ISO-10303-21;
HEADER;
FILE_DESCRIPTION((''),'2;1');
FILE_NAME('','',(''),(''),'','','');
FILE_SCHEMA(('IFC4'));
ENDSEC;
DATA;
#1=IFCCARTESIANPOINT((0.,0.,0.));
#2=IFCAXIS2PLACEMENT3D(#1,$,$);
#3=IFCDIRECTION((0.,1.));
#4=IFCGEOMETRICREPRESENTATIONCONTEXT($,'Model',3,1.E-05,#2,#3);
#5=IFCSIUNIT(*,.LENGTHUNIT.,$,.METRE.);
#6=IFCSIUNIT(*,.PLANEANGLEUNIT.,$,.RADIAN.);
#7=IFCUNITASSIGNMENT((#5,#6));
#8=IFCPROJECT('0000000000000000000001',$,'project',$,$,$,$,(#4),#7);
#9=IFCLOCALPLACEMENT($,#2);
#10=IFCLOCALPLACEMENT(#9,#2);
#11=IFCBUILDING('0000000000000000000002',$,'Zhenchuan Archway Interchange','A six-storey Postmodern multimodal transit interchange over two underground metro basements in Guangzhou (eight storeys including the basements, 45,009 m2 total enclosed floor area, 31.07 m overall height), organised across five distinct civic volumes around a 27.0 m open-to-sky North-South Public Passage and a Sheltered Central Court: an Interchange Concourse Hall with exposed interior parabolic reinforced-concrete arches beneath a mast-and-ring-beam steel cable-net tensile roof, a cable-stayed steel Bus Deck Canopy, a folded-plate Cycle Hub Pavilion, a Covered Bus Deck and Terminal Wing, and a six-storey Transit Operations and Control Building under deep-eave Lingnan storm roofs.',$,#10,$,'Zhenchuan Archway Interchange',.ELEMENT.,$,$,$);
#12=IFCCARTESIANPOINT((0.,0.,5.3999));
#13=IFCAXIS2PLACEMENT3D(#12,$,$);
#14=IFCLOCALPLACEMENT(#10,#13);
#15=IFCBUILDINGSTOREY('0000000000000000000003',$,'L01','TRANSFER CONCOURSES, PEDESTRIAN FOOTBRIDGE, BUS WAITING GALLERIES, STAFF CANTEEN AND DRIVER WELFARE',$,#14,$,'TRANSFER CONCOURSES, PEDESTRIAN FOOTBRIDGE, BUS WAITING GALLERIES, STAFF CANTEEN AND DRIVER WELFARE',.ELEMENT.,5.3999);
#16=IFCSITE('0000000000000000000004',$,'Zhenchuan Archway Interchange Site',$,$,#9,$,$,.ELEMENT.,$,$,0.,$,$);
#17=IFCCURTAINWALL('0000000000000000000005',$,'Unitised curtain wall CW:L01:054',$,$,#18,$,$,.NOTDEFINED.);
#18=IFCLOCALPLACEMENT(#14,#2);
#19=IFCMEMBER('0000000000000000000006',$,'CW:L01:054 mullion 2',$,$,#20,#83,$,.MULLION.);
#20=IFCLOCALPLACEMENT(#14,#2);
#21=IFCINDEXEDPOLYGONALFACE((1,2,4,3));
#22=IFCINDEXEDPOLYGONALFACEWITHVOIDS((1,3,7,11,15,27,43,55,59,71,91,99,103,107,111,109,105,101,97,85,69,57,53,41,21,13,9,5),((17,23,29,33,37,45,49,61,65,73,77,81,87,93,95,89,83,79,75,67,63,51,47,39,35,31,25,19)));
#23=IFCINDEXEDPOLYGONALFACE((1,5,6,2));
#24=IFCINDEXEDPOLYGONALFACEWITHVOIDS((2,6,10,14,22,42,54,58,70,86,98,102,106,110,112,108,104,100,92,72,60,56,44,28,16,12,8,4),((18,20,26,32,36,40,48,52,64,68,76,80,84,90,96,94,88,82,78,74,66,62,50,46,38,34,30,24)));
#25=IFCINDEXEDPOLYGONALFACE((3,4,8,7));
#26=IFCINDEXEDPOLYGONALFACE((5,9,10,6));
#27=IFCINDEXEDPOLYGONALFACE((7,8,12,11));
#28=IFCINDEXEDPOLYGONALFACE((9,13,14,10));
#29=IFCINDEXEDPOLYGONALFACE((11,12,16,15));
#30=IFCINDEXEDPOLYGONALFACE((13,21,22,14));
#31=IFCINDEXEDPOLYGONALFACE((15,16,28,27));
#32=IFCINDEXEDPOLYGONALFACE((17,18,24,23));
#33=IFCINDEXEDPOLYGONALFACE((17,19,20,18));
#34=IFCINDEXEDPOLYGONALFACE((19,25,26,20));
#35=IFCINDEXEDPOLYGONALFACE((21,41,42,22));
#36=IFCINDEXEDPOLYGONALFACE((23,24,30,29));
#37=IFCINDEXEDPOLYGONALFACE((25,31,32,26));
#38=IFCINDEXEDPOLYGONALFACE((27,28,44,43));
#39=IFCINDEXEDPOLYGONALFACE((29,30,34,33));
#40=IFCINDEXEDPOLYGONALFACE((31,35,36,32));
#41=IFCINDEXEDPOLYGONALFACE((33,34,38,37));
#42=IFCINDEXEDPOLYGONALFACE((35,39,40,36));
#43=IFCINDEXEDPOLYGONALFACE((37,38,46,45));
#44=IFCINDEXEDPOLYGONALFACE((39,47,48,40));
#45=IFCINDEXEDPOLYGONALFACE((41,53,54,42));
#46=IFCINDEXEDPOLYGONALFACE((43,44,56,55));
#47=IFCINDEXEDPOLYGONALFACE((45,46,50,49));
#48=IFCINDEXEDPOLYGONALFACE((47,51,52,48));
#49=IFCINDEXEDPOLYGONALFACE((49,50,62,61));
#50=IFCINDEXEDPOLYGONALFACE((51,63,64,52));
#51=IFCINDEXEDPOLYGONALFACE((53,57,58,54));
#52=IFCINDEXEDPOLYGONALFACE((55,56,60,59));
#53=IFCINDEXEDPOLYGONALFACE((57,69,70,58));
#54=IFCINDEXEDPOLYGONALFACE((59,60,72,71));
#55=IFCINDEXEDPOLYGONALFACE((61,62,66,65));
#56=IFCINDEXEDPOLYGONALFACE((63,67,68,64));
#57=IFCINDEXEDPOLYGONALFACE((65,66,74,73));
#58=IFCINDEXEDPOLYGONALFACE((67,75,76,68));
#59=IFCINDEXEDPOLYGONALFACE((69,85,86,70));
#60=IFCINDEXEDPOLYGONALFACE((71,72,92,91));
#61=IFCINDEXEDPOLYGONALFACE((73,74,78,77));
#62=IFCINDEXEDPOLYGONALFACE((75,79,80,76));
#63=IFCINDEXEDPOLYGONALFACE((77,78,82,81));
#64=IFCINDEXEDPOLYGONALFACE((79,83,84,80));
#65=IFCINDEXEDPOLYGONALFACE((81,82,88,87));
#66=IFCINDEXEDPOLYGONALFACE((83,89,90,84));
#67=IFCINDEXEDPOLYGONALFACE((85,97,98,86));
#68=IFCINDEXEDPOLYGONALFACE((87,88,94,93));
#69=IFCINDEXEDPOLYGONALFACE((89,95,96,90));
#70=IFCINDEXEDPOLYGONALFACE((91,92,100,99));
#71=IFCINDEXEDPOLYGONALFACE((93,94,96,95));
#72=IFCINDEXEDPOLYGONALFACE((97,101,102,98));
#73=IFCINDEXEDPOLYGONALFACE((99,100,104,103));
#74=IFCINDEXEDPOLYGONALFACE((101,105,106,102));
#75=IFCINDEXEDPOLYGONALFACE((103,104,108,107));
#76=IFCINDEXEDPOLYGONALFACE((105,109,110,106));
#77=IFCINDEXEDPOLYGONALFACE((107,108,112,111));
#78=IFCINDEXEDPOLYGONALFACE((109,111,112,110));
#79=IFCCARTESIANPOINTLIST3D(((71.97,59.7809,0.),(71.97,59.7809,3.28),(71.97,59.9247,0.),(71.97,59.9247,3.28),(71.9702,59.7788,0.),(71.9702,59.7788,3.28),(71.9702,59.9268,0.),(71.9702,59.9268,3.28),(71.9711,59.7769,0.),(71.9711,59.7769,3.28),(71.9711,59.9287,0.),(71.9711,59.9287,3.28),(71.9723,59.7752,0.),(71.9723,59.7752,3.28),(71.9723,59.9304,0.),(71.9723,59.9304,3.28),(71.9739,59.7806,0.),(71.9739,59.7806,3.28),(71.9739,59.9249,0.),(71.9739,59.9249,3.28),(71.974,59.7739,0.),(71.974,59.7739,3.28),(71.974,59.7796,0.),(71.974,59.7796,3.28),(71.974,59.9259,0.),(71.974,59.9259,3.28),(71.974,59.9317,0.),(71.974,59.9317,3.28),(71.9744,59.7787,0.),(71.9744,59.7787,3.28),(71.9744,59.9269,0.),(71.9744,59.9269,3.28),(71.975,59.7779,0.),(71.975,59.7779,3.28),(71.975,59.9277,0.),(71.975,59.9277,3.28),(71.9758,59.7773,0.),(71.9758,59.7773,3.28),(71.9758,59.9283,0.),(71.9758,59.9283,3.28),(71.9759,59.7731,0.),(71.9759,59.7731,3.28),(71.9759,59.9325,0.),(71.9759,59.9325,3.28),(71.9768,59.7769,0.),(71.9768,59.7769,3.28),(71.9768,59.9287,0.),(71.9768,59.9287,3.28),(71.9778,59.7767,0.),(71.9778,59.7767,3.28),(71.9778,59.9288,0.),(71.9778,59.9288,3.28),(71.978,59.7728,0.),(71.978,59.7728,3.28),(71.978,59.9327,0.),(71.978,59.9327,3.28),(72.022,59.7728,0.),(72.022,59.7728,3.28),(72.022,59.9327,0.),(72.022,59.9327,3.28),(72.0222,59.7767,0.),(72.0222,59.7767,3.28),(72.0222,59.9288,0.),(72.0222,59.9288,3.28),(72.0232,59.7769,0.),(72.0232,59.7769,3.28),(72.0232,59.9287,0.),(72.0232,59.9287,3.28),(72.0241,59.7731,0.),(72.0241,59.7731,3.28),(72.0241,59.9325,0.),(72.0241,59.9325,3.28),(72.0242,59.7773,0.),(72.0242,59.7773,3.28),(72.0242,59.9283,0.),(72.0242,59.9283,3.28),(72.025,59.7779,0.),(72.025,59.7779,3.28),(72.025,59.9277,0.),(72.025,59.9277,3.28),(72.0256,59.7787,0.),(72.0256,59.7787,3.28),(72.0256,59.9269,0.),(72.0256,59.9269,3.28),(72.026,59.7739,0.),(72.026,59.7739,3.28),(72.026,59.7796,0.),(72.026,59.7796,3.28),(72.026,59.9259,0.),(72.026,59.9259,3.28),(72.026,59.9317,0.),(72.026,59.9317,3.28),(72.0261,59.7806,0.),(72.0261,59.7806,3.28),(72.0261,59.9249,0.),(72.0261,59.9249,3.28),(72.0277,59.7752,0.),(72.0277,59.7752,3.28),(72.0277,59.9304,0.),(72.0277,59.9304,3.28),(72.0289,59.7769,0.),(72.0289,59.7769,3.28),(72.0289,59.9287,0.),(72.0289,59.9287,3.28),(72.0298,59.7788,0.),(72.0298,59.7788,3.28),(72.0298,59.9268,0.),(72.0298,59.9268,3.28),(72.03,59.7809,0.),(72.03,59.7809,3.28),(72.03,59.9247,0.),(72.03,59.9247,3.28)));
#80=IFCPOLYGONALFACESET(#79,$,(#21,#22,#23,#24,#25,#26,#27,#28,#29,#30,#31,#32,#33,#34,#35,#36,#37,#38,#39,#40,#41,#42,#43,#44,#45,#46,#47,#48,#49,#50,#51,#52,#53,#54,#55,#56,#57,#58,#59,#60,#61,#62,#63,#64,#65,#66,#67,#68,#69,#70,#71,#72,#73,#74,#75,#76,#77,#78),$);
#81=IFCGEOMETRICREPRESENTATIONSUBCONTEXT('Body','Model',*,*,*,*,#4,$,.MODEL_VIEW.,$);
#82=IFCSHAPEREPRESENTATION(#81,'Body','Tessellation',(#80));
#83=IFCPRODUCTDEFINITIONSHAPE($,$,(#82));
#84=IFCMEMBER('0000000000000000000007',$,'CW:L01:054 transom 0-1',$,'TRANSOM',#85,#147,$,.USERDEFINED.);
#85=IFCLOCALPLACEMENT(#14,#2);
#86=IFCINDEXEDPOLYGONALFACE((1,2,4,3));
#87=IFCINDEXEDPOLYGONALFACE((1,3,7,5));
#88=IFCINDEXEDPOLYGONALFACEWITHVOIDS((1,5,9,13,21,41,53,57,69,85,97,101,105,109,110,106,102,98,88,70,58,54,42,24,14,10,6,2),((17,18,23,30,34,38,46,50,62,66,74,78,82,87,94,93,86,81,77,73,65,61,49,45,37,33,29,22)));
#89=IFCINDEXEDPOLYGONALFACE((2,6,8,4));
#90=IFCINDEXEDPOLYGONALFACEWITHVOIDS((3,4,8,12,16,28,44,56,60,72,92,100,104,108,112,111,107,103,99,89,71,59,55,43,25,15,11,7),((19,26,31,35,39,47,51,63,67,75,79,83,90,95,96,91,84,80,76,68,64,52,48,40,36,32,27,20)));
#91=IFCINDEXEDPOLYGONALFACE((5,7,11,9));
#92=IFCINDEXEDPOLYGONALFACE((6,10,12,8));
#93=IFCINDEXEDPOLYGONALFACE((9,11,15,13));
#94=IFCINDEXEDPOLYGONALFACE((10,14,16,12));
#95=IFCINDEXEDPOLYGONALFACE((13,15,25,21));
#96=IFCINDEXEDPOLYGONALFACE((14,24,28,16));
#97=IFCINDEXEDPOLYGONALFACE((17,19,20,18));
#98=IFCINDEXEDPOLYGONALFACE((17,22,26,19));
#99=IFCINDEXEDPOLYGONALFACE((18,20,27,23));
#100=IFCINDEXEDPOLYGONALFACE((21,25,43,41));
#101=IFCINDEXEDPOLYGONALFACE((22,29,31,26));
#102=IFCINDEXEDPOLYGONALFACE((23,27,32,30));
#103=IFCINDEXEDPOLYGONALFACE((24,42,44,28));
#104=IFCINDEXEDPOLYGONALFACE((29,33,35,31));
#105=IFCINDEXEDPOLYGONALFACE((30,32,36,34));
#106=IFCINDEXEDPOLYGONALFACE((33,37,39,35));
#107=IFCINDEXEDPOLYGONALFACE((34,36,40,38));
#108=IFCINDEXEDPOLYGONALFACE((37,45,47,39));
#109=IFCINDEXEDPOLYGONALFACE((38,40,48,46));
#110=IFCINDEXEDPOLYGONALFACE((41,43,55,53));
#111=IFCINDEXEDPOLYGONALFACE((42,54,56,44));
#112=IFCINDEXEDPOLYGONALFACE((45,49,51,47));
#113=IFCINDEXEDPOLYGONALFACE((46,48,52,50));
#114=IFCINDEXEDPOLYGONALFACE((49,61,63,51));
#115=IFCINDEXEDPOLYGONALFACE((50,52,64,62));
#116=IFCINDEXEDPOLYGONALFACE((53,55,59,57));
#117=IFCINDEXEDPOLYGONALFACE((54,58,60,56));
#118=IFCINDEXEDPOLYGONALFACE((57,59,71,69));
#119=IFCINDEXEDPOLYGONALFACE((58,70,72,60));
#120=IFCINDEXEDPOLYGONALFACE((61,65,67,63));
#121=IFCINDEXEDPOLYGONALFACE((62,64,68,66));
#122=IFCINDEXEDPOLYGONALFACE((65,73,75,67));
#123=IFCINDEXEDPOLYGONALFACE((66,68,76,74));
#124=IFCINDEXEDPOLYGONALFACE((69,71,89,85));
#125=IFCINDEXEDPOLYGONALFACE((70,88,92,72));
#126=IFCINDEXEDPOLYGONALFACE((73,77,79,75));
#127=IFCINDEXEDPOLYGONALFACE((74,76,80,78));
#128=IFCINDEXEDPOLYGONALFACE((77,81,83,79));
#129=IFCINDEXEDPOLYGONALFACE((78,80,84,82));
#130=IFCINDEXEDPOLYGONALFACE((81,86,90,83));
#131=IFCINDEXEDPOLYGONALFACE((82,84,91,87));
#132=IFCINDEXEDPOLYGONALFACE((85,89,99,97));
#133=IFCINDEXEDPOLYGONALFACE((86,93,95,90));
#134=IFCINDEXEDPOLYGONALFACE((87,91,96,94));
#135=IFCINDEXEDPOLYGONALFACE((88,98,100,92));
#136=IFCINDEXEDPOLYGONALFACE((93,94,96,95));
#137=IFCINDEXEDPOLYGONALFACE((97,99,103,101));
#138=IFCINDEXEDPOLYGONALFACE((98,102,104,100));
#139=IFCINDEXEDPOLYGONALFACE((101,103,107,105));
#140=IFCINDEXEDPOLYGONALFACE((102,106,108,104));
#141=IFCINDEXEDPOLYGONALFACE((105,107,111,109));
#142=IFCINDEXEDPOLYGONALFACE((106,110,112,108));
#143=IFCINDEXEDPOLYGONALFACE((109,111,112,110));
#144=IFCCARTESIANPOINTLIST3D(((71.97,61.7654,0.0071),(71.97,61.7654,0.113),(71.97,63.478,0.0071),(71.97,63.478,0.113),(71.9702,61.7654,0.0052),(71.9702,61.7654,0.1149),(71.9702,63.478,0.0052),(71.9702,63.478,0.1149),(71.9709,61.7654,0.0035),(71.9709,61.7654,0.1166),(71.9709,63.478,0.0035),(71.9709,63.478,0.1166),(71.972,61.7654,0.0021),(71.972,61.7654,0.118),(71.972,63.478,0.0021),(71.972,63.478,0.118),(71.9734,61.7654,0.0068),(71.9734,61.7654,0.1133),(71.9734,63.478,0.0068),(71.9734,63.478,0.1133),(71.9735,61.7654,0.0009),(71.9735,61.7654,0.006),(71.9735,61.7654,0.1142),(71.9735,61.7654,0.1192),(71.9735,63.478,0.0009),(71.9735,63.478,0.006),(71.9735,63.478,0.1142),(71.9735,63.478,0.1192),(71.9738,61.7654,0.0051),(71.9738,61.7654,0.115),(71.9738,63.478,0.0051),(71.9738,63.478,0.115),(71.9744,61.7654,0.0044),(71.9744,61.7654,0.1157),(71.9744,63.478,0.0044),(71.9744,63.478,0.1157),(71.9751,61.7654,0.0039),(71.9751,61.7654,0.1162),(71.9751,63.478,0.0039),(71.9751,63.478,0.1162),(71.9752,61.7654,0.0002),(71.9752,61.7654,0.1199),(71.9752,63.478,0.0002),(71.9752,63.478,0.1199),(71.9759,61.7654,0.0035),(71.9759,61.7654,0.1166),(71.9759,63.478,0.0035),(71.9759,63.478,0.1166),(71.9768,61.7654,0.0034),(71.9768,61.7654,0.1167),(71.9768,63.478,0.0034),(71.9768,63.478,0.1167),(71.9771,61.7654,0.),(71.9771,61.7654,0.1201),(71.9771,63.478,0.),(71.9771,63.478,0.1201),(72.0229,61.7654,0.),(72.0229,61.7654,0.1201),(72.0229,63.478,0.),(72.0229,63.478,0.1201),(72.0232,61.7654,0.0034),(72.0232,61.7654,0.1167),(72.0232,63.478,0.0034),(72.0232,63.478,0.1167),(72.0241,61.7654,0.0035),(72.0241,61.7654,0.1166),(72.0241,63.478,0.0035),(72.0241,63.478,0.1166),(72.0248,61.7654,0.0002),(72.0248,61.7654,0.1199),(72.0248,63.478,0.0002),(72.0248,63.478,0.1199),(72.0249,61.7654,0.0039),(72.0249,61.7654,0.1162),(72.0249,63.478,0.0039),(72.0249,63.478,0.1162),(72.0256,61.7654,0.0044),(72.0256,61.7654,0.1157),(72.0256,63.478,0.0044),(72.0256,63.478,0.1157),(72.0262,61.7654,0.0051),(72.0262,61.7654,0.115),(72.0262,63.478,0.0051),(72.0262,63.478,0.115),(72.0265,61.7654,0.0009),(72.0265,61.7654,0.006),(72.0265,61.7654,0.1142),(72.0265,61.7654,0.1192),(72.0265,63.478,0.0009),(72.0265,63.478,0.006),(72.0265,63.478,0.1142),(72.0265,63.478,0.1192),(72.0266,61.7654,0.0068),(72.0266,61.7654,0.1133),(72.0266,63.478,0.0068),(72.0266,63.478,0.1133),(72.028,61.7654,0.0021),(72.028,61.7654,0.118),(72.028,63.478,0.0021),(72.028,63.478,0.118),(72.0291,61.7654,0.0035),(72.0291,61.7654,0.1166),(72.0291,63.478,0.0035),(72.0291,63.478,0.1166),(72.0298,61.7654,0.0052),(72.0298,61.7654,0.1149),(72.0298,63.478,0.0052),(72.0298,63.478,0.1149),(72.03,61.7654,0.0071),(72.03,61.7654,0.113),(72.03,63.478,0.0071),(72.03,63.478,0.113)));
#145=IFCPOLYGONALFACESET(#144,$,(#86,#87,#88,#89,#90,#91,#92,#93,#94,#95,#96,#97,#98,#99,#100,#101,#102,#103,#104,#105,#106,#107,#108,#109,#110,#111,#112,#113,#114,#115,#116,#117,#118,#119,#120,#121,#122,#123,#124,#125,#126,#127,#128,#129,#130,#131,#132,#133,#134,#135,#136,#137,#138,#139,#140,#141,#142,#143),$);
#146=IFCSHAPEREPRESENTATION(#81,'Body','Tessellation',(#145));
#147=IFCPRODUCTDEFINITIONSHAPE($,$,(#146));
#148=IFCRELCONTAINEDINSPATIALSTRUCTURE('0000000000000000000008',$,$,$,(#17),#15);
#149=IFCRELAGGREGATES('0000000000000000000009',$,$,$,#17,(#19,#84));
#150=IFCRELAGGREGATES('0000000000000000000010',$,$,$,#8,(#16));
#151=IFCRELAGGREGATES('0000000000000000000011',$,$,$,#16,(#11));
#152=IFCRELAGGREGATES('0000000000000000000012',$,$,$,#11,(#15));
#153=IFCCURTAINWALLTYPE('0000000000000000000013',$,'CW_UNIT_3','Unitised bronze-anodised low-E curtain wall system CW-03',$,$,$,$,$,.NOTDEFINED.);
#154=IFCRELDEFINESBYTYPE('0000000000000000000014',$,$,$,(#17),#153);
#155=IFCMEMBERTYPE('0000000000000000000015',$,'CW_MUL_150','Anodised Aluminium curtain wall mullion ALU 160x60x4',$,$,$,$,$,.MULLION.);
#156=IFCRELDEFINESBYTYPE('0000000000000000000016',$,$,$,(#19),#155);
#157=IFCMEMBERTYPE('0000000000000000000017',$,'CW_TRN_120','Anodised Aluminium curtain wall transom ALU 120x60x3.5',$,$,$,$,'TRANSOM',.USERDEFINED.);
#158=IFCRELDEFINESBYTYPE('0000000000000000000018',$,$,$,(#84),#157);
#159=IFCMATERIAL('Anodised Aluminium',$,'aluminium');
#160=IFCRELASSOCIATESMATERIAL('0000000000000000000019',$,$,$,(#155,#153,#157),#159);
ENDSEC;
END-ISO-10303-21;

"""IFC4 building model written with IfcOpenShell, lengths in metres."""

from ifc_helpers import new_model, si_unit, direction, frame, origin, origin_2d, place, context, subcontext, project, spatial, hollow_rectangle, extrude, material, material_profile, profile_set, type_object, element, aggregate, save


model = new_model("IFC4")

# Units and contexts
model_context = context("Model", 3, precision=1e-05, world=origin(), true_north=direction((0.0, 1.0)))
body_context = subcontext(model_context, "Body", "Model", "MODEL_VIEW")
ifc_project = project(units=[si_unit("LENGTHUNIT", "METRE"), si_unit("PLANEANGLEUNIT", "RADIAN")], contexts=[model_context])

# Site, building, storey
site_placement = place(None, origin())
site = spatial("IfcSite", under=ifc_project, at=site_placement, Name="Zhenchuan Archway Interchange Site", CompositionType="ELEMENT", RefElevation=0.0)
building_placement = place(site_placement, origin())
building = spatial("IfcBuilding", under=site, at=building_placement, Name="Zhenchuan Archway Interchange", Description="A six-storey Postmodern multimodal transit interchange over two underground metro basements in Guangzhou (eight storeys including the basements, 45,009 m2 total enclosed floor area, 31.07 m overall height), organised across five distinct civic volumes around a 27.0 m open-to-sky North-South Public Passage and a Sheltered Central Court: an Interchange Concourse Hall with exposed interior parabolic reinforced-concrete arches beneath a mast-and-ring-beam steel cable-net tensile roof, a cable-stayed steel Bus Deck Canopy, a folded-plate Cycle Hub Pavilion, a Covered Bus Deck and Terminal Wing, and a six-storey Transit Operations and Control Building under deep-eave Lingnan storm roofs.", LongName="Zhenchuan Archway Interchange", CompositionType="ELEMENT")
storey_placement = place(building_placement, frame((0.0, 0.0, 5.3999)))
storey = spatial("IfcBuildingStorey", under=building, at=storey_placement, Name="L01", Description="TRANSFER CONCOURSES, PEDESTRIAN FOOTBRIDGE, BUS WAITING GALLERIES, STAFF CANTEEN AND DRIVER WELFARE", LongName="TRANSFER CONCOURSES, PEDESTRIAN FOOTBRIDGE, BUS WAITING GALLERIES, STAFF CANTEEN AND DRIVER WELFARE", CompositionType="ELEMENT", Elevation=5.3999)

# Shared definitions
ifc_material_1 = material(Name="Anodised Aluminium", Category="aluminium")
ifc_material_profile_1 = material_profile(ifc_material_1, hollow_rectangle(XDim=0.0601, YDim=0.1599, WallThickness=0.0039, InnerFilletRadius=0.0039, OuterFilletRadius=0.0081, at=origin_2d()), Name="ALU 160x60x4")
ifc_profile_set_1 = profile_set([ifc_material_profile_1], Name="Anodised Aluminium")
member_type_1 = type_object("IfcMemberType", Name="CW_MUL_150", Description="Anodised Aluminium curtain wall mullion ALU 160x60x4", PredefinedType="MULLION", material=ifc_profile_set_1)

# Curtain wall, members
curtain_wall_type_1 = type_object("IfcCurtainWallType", Name="CW_UNIT_3", Description="Unitised bronze-anodised low-E curtain wall system CW-03", PredefinedType="NOTDEFINED", material=ifc_material_1)
curtain_wall_1_placement = place(storey_placement, origin())
curtain_wall_1 = element("IfcCurtainWall", 1, at=curtain_wall_1_placement, inside=storey, type_object=curtain_wall_type_1, Name="Unitised curtain wall CW:L01:054", PredefinedType="NOTDEFINED")
member_1_placement = place(storey_placement, frame((72.0, 59.8528, 0.0), z_axis=(0.0, 0.0, 1.0), x_axis=(1.0, 0.0, 0.0)))
member_1 = element("IfcMember", 2, at=member_1_placement, type_object=member_type_1, Name="CW:L01:054 mullion 2", PredefinedType="MULLION", context=body_context, shape_type="SweptSolid", body=[
    extrude(hollow_rectangle(XDim=0.0601, YDim=0.1599, WallThickness=0.0039, InnerFilletRadius=0.0039, OuterFilletRadius=0.0081, at=origin_2d()), origin(), (0.0, 0.0, 1.0), 3.28),
])
ifc_material_profile_2 = material_profile(ifc_material_1, hollow_rectangle(XDim=0.0601, YDim=0.1201, WallThickness=0.0034, InnerFilletRadius=0.0034, OuterFilletRadius=0.0071, at=origin_2d()), Name="ALU 120x60x3.5")
ifc_profile_set_2 = profile_set([ifc_material_profile_2], Name="Anodised Aluminium")
member_type_2 = type_object("IfcMemberType", Name="CW_TRN_120", Description="Anodised Aluminium curtain wall transom ALU 120x60x3.5", ElementType="TRANSOM", PredefinedType="USERDEFINED", material=ifc_profile_set_2)
member_2_placement = place(storey_placement, frame((72.0, 63.478, 0.0601), z_axis=(0.0, -1.0, 0.0), x_axis=(1.0, 0.0, 0.0)))
member_2 = element("IfcMember", 3, at=member_2_placement, type_object=member_type_2, Name="CW:L01:054 transom 0-1", ObjectType="TRANSOM", PredefinedType="USERDEFINED", context=body_context, shape_type="SweptSolid", body=[
    extrude(hollow_rectangle(XDim=0.0601, YDim=0.1201, WallThickness=0.0034, InnerFilletRadius=0.0034, OuterFilletRadius=0.0071, at=origin_2d()), origin(), (0.0, 0.0, 1.0), 1.7126),
])

aggregate(curtain_wall_1, [member_1, member_2])

save(model, "model.ifc")
